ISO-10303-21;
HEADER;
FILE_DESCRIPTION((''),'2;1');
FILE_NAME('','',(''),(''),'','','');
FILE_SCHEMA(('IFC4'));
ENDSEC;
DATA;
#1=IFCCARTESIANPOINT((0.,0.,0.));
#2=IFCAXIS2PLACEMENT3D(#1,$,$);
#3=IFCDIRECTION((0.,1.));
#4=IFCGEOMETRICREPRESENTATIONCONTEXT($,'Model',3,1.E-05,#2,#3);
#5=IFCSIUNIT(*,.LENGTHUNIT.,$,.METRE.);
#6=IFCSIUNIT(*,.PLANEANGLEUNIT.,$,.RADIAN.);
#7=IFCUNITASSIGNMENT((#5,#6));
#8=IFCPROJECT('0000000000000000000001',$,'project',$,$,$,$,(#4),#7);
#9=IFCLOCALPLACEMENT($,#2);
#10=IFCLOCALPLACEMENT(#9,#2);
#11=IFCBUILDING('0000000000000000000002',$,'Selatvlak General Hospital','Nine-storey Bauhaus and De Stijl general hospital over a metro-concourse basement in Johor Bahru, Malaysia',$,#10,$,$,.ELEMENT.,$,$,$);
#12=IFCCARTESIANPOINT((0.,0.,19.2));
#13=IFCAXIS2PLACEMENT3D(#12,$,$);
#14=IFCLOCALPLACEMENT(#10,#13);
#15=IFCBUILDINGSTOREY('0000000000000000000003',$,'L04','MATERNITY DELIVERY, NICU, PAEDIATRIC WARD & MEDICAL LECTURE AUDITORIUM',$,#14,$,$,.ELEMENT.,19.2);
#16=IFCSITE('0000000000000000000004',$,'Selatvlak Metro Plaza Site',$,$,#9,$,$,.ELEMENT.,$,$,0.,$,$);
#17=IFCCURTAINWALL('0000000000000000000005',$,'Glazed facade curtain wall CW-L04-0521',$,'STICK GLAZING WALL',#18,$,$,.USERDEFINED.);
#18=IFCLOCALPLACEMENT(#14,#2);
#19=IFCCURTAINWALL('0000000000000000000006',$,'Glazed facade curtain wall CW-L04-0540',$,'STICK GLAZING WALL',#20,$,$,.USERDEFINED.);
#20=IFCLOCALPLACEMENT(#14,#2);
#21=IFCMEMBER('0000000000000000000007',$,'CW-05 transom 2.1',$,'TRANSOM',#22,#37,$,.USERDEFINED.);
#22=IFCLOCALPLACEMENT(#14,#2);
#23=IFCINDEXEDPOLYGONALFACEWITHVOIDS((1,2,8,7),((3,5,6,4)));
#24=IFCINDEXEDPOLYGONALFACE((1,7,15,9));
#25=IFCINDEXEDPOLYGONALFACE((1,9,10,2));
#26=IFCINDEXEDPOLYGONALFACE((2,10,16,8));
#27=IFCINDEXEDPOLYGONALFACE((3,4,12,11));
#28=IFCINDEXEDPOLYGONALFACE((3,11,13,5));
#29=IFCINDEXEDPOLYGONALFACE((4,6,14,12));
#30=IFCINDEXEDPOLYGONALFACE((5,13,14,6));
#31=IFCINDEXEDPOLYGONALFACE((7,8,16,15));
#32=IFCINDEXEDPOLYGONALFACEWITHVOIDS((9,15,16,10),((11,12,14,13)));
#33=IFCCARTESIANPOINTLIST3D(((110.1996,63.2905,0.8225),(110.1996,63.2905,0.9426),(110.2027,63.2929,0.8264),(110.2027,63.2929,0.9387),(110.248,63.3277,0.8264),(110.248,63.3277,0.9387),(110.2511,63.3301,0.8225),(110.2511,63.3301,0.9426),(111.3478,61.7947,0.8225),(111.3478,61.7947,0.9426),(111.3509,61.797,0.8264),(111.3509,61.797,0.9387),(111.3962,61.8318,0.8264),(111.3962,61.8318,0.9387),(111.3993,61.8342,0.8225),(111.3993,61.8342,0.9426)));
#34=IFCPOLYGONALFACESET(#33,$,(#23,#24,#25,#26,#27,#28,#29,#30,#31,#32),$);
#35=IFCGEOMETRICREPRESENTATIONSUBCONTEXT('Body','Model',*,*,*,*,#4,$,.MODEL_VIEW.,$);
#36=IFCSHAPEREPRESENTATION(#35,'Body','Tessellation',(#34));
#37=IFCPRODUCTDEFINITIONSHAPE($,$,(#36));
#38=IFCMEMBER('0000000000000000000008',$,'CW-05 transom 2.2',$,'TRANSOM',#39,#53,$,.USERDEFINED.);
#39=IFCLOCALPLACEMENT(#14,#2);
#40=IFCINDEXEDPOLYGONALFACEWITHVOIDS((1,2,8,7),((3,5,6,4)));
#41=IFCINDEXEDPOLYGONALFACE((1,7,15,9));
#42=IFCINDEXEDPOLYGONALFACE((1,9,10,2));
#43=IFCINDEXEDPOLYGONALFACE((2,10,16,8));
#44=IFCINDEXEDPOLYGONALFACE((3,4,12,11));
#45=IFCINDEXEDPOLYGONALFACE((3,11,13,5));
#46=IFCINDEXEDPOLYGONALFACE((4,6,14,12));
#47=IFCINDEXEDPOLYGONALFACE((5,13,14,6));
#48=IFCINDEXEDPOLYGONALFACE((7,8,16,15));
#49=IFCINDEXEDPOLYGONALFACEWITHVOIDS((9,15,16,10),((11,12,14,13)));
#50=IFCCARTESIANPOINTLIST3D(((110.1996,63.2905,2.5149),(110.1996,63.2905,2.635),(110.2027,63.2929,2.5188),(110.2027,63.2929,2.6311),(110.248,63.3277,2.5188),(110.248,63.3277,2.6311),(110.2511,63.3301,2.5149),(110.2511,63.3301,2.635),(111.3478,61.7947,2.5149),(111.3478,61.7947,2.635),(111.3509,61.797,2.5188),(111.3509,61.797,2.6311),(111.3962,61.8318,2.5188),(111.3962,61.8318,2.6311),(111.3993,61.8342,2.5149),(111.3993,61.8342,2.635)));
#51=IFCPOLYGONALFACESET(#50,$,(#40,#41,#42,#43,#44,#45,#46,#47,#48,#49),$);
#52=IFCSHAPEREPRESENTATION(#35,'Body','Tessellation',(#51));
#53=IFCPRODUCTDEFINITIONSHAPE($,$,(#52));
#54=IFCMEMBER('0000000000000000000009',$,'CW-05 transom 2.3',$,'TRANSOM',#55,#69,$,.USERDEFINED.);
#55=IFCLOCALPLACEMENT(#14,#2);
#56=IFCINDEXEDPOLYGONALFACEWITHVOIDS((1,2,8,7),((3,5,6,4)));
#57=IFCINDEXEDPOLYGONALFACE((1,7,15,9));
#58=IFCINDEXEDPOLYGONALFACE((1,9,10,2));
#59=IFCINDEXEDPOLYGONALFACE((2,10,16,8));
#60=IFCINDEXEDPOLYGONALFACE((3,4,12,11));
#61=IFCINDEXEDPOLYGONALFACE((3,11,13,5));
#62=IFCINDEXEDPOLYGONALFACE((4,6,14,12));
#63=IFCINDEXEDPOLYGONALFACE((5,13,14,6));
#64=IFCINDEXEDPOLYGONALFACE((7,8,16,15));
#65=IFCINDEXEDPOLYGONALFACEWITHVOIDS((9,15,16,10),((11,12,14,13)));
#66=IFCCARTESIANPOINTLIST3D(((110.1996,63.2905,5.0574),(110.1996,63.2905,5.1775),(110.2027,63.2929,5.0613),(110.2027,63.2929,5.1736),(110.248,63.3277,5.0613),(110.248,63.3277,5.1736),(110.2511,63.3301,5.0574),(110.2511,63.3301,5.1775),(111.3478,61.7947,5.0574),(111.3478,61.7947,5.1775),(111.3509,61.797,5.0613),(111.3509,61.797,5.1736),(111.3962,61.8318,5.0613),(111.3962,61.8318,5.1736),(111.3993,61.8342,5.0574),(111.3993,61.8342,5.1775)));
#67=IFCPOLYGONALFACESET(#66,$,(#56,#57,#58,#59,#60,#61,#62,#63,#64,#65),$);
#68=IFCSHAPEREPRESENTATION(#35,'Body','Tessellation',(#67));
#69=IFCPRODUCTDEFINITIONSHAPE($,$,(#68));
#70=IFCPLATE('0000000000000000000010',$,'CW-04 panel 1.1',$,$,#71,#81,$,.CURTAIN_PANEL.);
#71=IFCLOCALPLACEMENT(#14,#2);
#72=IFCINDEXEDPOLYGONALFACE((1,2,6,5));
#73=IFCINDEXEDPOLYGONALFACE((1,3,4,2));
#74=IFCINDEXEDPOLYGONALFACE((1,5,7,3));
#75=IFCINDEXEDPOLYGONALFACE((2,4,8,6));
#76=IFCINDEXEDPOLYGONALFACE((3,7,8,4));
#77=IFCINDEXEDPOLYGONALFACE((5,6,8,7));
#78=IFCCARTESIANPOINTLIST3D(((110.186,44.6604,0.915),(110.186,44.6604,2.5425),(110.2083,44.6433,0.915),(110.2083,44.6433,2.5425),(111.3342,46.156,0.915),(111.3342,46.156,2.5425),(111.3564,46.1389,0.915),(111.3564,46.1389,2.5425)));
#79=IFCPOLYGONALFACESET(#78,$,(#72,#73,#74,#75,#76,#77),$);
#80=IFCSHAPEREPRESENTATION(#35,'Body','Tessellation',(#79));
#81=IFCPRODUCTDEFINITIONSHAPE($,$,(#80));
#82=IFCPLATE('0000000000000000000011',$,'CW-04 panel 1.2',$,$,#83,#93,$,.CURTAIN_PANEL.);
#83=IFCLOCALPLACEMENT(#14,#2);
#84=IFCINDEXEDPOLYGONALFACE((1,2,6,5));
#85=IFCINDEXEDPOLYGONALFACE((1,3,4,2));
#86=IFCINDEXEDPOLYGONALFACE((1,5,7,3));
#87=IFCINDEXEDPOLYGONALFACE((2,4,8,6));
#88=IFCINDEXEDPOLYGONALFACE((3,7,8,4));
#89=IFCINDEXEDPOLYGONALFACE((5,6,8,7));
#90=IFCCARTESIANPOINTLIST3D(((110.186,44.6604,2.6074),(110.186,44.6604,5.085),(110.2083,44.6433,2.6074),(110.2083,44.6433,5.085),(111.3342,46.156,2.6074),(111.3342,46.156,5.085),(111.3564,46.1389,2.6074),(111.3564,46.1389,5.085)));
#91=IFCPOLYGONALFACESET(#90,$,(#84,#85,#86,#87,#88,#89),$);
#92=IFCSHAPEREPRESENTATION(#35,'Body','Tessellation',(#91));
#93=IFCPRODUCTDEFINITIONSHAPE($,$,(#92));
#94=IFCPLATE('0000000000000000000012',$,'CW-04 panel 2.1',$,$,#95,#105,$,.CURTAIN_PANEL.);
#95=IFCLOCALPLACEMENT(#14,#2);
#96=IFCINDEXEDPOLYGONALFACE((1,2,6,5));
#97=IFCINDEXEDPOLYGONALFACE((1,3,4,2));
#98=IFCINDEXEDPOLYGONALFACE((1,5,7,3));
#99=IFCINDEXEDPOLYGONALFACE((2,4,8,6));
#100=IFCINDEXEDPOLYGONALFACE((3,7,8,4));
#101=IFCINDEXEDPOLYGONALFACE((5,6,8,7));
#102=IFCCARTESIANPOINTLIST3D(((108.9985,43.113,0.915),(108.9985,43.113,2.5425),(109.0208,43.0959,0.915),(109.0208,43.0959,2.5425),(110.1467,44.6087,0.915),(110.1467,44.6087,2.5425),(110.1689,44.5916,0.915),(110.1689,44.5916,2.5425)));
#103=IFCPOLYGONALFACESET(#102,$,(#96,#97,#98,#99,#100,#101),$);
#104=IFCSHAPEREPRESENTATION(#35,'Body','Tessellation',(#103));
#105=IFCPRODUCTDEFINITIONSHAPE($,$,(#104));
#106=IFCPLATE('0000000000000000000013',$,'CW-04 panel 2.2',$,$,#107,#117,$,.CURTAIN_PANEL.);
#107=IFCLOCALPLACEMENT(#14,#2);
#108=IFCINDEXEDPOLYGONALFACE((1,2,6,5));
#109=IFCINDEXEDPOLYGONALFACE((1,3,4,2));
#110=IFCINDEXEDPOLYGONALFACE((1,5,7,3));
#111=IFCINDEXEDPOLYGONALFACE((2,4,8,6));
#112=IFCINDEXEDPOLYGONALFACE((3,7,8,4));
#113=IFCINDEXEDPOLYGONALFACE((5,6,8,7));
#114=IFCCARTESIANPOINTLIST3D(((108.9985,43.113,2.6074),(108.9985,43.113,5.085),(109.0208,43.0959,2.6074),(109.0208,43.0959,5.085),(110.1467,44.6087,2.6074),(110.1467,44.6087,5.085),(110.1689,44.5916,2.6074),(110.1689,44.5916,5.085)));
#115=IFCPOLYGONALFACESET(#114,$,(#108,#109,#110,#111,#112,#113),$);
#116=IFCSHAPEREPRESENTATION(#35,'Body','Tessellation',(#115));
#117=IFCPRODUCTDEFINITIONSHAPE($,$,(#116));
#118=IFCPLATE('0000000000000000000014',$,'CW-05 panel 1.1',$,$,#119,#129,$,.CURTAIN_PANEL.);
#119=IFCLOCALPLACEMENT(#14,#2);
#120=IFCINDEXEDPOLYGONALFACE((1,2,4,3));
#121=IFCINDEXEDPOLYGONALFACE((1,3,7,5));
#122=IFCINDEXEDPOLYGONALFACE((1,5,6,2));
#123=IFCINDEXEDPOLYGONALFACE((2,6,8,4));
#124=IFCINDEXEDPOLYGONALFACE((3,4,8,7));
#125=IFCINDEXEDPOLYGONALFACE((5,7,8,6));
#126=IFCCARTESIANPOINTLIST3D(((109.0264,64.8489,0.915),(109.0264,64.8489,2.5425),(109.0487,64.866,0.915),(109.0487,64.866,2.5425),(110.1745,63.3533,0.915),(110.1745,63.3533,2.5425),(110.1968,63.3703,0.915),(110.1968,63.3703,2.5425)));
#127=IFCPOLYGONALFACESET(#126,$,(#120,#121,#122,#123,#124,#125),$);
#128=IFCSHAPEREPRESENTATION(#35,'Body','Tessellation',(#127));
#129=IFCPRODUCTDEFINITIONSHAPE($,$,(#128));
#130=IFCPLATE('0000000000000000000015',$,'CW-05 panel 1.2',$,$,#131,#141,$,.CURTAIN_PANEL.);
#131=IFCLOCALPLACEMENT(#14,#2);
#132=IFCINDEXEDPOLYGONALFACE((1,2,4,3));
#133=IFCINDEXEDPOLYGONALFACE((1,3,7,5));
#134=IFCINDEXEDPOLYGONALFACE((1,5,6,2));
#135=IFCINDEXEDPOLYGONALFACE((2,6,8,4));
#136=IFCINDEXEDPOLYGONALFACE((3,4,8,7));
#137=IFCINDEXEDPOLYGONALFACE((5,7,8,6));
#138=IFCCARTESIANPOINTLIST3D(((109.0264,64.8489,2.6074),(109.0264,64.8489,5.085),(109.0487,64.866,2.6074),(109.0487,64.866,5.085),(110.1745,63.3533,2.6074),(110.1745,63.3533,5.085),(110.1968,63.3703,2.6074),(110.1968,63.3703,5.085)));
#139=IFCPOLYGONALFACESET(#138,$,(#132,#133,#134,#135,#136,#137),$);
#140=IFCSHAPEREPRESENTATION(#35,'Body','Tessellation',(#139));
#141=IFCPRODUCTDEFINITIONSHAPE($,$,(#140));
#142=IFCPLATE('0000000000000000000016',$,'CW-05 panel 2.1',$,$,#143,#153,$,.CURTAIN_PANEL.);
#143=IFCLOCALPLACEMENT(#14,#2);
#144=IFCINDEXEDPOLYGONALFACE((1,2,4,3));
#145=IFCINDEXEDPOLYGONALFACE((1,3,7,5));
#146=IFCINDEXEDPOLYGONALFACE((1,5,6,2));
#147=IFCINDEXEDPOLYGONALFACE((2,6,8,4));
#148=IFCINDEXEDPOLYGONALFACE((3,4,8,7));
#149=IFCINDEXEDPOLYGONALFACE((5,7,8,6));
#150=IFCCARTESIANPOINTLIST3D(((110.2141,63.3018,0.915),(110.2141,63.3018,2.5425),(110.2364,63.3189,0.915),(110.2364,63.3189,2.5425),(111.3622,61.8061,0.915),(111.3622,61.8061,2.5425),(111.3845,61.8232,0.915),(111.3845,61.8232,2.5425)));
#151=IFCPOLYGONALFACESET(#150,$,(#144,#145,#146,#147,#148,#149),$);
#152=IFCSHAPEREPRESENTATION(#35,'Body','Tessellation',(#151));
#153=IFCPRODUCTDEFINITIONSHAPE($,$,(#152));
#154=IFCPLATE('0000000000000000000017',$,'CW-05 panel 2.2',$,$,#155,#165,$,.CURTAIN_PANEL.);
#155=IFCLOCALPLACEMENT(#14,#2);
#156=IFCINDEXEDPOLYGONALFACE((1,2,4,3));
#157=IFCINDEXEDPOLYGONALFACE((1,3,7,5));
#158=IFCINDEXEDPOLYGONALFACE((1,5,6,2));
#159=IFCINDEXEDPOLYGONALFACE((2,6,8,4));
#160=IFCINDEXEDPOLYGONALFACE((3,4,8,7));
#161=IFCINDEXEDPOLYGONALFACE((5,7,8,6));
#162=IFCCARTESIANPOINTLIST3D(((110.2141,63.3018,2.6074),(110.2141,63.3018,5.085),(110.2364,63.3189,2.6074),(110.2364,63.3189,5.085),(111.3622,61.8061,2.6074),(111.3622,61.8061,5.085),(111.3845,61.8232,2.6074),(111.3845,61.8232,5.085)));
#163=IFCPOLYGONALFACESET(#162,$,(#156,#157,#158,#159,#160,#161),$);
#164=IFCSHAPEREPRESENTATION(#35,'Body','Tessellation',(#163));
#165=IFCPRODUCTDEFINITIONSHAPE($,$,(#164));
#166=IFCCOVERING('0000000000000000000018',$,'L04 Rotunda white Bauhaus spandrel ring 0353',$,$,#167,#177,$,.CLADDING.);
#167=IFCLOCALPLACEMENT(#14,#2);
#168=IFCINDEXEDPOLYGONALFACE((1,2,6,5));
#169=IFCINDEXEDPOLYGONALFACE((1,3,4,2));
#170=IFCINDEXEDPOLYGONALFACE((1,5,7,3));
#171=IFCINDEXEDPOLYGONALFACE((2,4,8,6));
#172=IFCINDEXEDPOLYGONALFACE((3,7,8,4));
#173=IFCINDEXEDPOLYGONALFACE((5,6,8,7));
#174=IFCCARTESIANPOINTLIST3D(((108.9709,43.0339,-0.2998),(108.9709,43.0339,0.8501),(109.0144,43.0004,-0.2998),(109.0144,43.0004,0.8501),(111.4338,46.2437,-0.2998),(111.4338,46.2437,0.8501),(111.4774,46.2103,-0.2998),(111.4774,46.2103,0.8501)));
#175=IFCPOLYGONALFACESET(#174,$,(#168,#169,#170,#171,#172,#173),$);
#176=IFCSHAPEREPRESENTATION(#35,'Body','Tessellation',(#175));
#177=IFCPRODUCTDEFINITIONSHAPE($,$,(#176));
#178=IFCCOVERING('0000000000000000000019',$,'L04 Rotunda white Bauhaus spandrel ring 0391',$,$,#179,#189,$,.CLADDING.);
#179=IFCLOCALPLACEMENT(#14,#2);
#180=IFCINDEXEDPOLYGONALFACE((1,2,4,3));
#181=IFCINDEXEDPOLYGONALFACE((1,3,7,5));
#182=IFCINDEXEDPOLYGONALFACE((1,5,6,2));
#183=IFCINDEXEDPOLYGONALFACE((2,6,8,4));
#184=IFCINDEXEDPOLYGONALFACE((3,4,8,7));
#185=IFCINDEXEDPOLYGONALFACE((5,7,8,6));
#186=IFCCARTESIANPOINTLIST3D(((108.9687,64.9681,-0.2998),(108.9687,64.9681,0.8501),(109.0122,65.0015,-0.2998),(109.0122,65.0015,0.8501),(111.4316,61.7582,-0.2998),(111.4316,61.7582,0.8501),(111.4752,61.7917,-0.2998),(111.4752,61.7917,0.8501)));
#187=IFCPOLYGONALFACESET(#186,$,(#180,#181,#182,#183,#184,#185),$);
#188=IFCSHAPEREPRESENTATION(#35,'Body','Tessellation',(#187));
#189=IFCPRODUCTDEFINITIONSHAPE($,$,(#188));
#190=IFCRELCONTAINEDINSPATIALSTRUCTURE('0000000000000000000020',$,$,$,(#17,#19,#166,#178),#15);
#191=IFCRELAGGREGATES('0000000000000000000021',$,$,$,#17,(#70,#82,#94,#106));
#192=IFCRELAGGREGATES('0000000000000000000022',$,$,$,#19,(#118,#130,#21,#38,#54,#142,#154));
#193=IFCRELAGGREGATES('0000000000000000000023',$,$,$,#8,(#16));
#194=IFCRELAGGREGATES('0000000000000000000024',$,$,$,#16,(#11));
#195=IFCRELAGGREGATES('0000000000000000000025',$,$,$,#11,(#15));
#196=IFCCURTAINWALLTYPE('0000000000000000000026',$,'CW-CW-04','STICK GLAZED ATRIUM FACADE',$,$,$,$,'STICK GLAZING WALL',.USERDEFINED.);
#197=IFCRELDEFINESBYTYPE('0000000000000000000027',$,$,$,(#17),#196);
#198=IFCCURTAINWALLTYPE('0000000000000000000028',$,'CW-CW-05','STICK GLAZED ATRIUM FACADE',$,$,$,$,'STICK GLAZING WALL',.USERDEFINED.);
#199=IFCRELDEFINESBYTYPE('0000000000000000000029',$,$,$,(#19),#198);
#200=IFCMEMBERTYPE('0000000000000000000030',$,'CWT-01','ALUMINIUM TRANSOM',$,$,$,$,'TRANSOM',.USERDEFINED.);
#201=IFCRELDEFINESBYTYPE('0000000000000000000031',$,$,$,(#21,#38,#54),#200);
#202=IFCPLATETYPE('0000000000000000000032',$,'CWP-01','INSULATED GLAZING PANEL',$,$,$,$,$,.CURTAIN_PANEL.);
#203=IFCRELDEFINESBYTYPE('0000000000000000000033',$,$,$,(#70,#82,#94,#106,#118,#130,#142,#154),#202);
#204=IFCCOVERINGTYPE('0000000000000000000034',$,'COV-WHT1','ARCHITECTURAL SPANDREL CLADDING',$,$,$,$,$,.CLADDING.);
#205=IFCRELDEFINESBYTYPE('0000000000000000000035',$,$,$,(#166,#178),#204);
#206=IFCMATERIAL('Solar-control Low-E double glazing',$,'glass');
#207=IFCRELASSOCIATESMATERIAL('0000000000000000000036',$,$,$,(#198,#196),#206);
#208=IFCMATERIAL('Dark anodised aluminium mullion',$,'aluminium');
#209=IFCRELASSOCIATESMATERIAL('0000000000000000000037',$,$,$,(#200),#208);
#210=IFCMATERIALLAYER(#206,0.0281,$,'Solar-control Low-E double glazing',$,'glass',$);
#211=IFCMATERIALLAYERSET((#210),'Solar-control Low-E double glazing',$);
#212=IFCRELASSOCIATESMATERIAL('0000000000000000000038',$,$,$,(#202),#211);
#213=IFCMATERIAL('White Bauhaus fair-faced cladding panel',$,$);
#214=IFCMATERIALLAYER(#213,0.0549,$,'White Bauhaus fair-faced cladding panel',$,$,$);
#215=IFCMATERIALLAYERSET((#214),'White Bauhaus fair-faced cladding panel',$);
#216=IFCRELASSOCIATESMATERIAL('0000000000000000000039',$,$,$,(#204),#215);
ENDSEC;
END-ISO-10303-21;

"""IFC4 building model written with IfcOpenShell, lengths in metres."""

from ifc_helpers import new_model, si_unit, direction, frame, origin, origin_2d, place, context, subcontext, project, spatial, rectangle, hollow_rectangle, extrude, material, layer, layer_set, material_profile, profile_set, type_object, element, aggregate, save


model = new_model("IFC4")

# Units and contexts
model_context = context("Model", 3, precision=1e-05, world=origin(), true_north=direction((0.0, 1.0)))
body_context = subcontext(model_context, "Body", "Model", "MODEL_VIEW")
ifc_project = project(units=[si_unit("LENGTHUNIT", "METRE"), si_unit("PLANEANGLEUNIT", "RADIAN")], contexts=[model_context])

# Site, building, storey
site_placement = place(None, origin())
site = spatial("IfcSite", under=ifc_project, at=site_placement, Name="Selatvlak Metro Plaza Site", CompositionType="ELEMENT", RefElevation=0.0)
building_placement = place(site_placement, origin())
building = spatial("IfcBuilding", under=site, at=building_placement, Name="Selatvlak General Hospital", Description="Nine-storey Bauhaus and De Stijl general hospital over a metro-concourse basement in Johor Bahru, Malaysia", CompositionType="ELEMENT")
storey_placement = place(building_placement, frame((0.0, 0.0, 19.2)))
storey = spatial("IfcBuildingStorey", under=building, at=storey_placement, Name="L04", Description="MATERNITY DELIVERY, NICU, PAEDIATRIC WARD & MEDICAL LECTURE AUDITORIUM", CompositionType="ELEMENT", Elevation=19.2)

# Shared definitions
ifc_material_1 = material(Name="Solar-control Low-E double glazing", Category="glass")
curtain_wall_type_1 = type_object("IfcCurtainWallType", Name="CW-CW-05", Description="STICK GLAZED ATRIUM FACADE", ElementType="STICK GLAZING WALL", PredefinedType="USERDEFINED", material=ifc_material_1)
ifc_material_2 = material(Name="Dark anodised aluminium mullion", Category="aluminium")

# Curtain walls
curtain_wall_type_2 = type_object("IfcCurtainWallType", Name="CW-CW-04", Description="STICK GLAZED ATRIUM FACADE", ElementType="STICK GLAZING WALL", PredefinedType="USERDEFINED", material=ifc_material_1)
curtain_wall_1_placement = place(storey_placement, origin())
curtain_wall_1 = element("IfcCurtainWall", 1, at=curtain_wall_1_placement, inside=storey, type_object=curtain_wall_type_2, Name="Glazed facade curtain wall CW-L04-0521", ObjectType="STICK GLAZING WALL", PredefinedType="USERDEFINED")
curtain_wall_2_placement = place(storey_placement, origin())
curtain_wall_2 = element("IfcCurtainWall", 2, at=curtain_wall_2_placement, inside=storey, type_object=curtain_wall_type_1, Name="Glazed facade curtain wall CW-L04-0540", ObjectType="STICK GLAZING WALL", PredefinedType="USERDEFINED")

# Members
ifc_material_profile_1 = material_profile(ifc_material_2, hollow_rectangle(XDim=0.0649, YDim=0.1201, WallThickness=0.0039, at=origin_2d()), Name="AL-TRN 65x120x4")
ifc_profile_set_1 = profile_set([ifc_material_profile_1], Name="Dark anodised aluminium mullion")
member_type_1 = type_object("IfcMemberType", Name="CWT-01", Description="ALUMINIUM TRANSOM", ElementType="TRANSOM", PredefinedType="USERDEFINED", material=ifc_profile_set_1)
member_1_placement = place(storey_placement, frame((110.2253, 63.3103, 0.8826), z_axis=(0.608891, -0.793254, 0.0), x_axis=(0.793254, 0.608891, 0.0)))
member_1 = element("IfcMember", 3, at=member_1_placement, type_object=member_type_1, Name="CW-05 transom 2.1", ObjectType="TRANSOM", PredefinedType="USERDEFINED", context=body_context, shape_type="SweptSolid", body=[
    extrude(hollow_rectangle(XDim=0.0649, YDim=0.1201, WallThickness=0.0039, at=origin_2d()), origin(), (0.0, 0.0, 1.0), 1.8857),
])
member_2_placement = place(storey_placement, frame((110.2253, 63.3103, 2.575), z_axis=(0.608891, -0.793254, 0.0), x_axis=(0.793254, 0.608891, 0.0)))
member_2 = element("IfcMember", 4, at=member_2_placement, type_object=member_type_1, Name="CW-05 transom 2.2", ObjectType="TRANSOM", PredefinedType="USERDEFINED", context=body_context, shape_type="SweptSolid", body=[
    extrude(hollow_rectangle(XDim=0.0649, YDim=0.1201, WallThickness=0.0039, at=origin_2d()), origin(), (0.0, 0.0, 1.0), 1.8857),
])
member_3_placement = place(storey_placement, frame((110.2253, 63.3103, 5.1174), z_axis=(0.608891, -0.793254, 0.0), x_axis=(0.793254, 0.608891, 0.0)))
member_3 = element("IfcMember", 5, at=member_3_placement, type_object=member_type_1, Name="CW-05 transom 2.3", ObjectType="TRANSOM", PredefinedType="USERDEFINED", context=body_context, shape_type="SweptSolid", body=[
    extrude(hollow_rectangle(XDim=0.0649, YDim=0.1201, WallThickness=0.0039, at=origin_2d()), origin(), (0.0, 0.0, 1.0), 1.8857),
])

# Plates
ifc_layer_1 = layer(ifc_material_1, 0.0281, Name="Solar-control Low-E double glazing", Category="glass")
ifc_layer_set_1 = layer_set([ifc_layer_1], Name="Solar-control Low-E double glazing")
plate_type = type_object("IfcPlateType", Name="CWP-01", Description="INSULATED GLAZING PANEL", PredefinedType="CURTAIN_PANEL", material=ifc_layer_set_1)
plate_1_placement = place(storey_placement, frame((110.7712, 45.3997, 0.915), z_axis=(0.0, 0.0, 1.0), x_axis=(-0.608918, -0.793233, 0.0)))
plate_1 = element("IfcPlate", 6, at=plate_1_placement, type_object=plate_type, Name="CW-04 panel 1.1", PredefinedType="CURTAIN_PANEL", context=body_context, shape_type="SweptSolid", body=[
    extrude(rectangle(XDim=1.8855, YDim=0.0281, at=origin_2d()), origin(), (0.0, 0.0, 1.0), 1.6274),
])
plate_2_placement = place(storey_placement, frame((110.7712, 45.3997, 2.6074), z_axis=(0.0, 0.0, 1.0), x_axis=(-0.608918, -0.793233, 0.0)))
plate_2 = element("IfcPlate", 7, at=plate_2_placement, type_object=plate_type, Name="CW-04 panel 1.2", PredefinedType="CURTAIN_PANEL", context=body_context, shape_type="SweptSolid", body=[
    extrude(rectangle(XDim=1.8855, YDim=0.0281, at=origin_2d()), origin(), (0.0, 0.0, 1.0), 2.4775),
])
plate_3_placement = place(storey_placement, frame((109.5837, 43.8523, 0.915), z_axis=(0.0, 0.0, 1.0), x_axis=(-0.608918, -0.793233, 0.0)))
plate_3 = element("IfcPlate", 8, at=plate_3_placement, type_object=plate_type, Name="CW-04 panel 2.1", PredefinedType="CURTAIN_PANEL", context=body_context, shape_type="SweptSolid", body=[
    extrude(rectangle(XDim=1.8855, YDim=0.0281, at=origin_2d()), origin(), (0.0, 0.0, 1.0), 1.6274),
])
plate_4_placement = place(storey_placement, frame((109.5837, 43.8523, 2.6074), z_axis=(0.0, 0.0, 1.0), x_axis=(-0.608918, -0.793233, 0.0)))
plate_4 = element("IfcPlate", 9, at=plate_4_placement, type_object=plate_type, Name="CW-04 panel 2.2", PredefinedType="CURTAIN_PANEL", context=body_context, shape_type="SweptSolid", body=[
    extrude(rectangle(XDim=1.8855, YDim=0.0281, at=origin_2d()), origin(), (0.0, 0.0, 1.0), 2.4775),
])
aggregate(curtain_wall_1, [plate_1, plate_2, plate_3, plate_4])
plate_5_placement = place(storey_placement, frame((109.6116, 64.1096, 0.915), z_axis=(0.0, 0.0, 1.0), x_axis=(0.608918, -0.793233, 0.0)))
plate_5 = element("IfcPlate", 10, at=plate_5_placement, type_object=plate_type, Name="CW-05 panel 1.1", PredefinedType="CURTAIN_PANEL", context=body_context, shape_type="SweptSolid", body=[
    extrude(rectangle(XDim=1.8855, YDim=0.0281, at=origin_2d()), origin(), (0.0, 0.0, 1.0), 1.6274),
])
plate_6_placement = place(storey_placement, frame((109.6116, 64.1096, 2.6074), z_axis=(0.0, 0.0, 1.0), x_axis=(0.608918, -0.793233, 0.0)))
plate_6 = element("IfcPlate", 11, at=plate_6_placement, type_object=plate_type, Name="CW-05 panel 1.2", PredefinedType="CURTAIN_PANEL", context=body_context, shape_type="SweptSolid", body=[
    extrude(rectangle(XDim=1.8855, YDim=0.0281, at=origin_2d()), origin(), (0.0, 0.0, 1.0), 2.4775),
])
plate_7_placement = place(storey_placement, frame((110.7993, 62.5625, 0.915), z_axis=(0.0, 0.0, 1.0), x_axis=(0.608918, -0.793233, 0.0)))
plate_7 = element("IfcPlate", 12, at=plate_7_placement, type_object=plate_type, Name="CW-05 panel 2.1", PredefinedType="CURTAIN_PANEL", context=body_context, shape_type="SweptSolid", body=[
    extrude(rectangle(XDim=1.8855, YDim=0.0281, at=origin_2d()), origin(), (0.0, 0.0, 1.0), 1.6274),
])
plate_8_placement = place(storey_placement, frame((110.7993, 62.5625, 2.6074), z_axis=(0.0, 0.0, 1.0), x_axis=(0.608918, -0.793233, 0.0)))
plate_8 = element("IfcPlate", 13, at=plate_8_placement, type_object=plate_type, Name="CW-05 panel 2.2", PredefinedType="CURTAIN_PANEL", context=body_context, shape_type="SweptSolid", body=[
    extrude(rectangle(XDim=1.8855, YDim=0.0281, at=origin_2d()), origin(), (0.0, 0.0, 1.0), 2.4775),
])
aggregate(curtain_wall_2, [plate_5, plate_6, member_1, member_2, member_3, plate_7, plate_8])

# Coverings
ifc_material_3 = material(Name="White Bauhaus fair-faced cladding panel")
ifc_layer_2 = layer(ifc_material_3, 0.0549, Name="White Bauhaus fair-faced cladding panel")
ifc_layer_set_2 = layer_set([ifc_layer_2], Name="White Bauhaus fair-faced cladding panel")
covering_type = type_object("IfcCoveringType", Name="COV-WHT1", Description="ARCHITECTURAL SPANDREL CLADDING", PredefinedType="CLADDING", material=ifc_layer_set_2)
for number, where, z_axis, x_axis, name in (
    (14, (110.2241, 44.6221, -0.2998), (0.0, 0.0, 1.0), (-0.608748, -0.793364, 0.0), "L04 Rotunda white Bauhaus spandrel ring 0353"),
    (15, (110.2219, 63.3799, -0.2998), (0.0, 0.0, 1.0), (0.608748, -0.793364, 0.0), "L04 Rotunda white Bauhaus spandrel ring 0391"),
):
    element("IfcCovering", number, at=place(storey_placement, frame(where, z_axis=z_axis, x_axis=x_axis)), inside=storey, type_object=covering_type, Name=name, PredefinedType="CLADDING", context=body_context, shape_type="SweptSolid", body=[
        extrude(rectangle(XDim=4.0459, YDim=0.0549, at=origin_2d()), origin(), (0.0, 0.0, 1.0), 1.1499),
    ])

save(model, "model.ifc")
